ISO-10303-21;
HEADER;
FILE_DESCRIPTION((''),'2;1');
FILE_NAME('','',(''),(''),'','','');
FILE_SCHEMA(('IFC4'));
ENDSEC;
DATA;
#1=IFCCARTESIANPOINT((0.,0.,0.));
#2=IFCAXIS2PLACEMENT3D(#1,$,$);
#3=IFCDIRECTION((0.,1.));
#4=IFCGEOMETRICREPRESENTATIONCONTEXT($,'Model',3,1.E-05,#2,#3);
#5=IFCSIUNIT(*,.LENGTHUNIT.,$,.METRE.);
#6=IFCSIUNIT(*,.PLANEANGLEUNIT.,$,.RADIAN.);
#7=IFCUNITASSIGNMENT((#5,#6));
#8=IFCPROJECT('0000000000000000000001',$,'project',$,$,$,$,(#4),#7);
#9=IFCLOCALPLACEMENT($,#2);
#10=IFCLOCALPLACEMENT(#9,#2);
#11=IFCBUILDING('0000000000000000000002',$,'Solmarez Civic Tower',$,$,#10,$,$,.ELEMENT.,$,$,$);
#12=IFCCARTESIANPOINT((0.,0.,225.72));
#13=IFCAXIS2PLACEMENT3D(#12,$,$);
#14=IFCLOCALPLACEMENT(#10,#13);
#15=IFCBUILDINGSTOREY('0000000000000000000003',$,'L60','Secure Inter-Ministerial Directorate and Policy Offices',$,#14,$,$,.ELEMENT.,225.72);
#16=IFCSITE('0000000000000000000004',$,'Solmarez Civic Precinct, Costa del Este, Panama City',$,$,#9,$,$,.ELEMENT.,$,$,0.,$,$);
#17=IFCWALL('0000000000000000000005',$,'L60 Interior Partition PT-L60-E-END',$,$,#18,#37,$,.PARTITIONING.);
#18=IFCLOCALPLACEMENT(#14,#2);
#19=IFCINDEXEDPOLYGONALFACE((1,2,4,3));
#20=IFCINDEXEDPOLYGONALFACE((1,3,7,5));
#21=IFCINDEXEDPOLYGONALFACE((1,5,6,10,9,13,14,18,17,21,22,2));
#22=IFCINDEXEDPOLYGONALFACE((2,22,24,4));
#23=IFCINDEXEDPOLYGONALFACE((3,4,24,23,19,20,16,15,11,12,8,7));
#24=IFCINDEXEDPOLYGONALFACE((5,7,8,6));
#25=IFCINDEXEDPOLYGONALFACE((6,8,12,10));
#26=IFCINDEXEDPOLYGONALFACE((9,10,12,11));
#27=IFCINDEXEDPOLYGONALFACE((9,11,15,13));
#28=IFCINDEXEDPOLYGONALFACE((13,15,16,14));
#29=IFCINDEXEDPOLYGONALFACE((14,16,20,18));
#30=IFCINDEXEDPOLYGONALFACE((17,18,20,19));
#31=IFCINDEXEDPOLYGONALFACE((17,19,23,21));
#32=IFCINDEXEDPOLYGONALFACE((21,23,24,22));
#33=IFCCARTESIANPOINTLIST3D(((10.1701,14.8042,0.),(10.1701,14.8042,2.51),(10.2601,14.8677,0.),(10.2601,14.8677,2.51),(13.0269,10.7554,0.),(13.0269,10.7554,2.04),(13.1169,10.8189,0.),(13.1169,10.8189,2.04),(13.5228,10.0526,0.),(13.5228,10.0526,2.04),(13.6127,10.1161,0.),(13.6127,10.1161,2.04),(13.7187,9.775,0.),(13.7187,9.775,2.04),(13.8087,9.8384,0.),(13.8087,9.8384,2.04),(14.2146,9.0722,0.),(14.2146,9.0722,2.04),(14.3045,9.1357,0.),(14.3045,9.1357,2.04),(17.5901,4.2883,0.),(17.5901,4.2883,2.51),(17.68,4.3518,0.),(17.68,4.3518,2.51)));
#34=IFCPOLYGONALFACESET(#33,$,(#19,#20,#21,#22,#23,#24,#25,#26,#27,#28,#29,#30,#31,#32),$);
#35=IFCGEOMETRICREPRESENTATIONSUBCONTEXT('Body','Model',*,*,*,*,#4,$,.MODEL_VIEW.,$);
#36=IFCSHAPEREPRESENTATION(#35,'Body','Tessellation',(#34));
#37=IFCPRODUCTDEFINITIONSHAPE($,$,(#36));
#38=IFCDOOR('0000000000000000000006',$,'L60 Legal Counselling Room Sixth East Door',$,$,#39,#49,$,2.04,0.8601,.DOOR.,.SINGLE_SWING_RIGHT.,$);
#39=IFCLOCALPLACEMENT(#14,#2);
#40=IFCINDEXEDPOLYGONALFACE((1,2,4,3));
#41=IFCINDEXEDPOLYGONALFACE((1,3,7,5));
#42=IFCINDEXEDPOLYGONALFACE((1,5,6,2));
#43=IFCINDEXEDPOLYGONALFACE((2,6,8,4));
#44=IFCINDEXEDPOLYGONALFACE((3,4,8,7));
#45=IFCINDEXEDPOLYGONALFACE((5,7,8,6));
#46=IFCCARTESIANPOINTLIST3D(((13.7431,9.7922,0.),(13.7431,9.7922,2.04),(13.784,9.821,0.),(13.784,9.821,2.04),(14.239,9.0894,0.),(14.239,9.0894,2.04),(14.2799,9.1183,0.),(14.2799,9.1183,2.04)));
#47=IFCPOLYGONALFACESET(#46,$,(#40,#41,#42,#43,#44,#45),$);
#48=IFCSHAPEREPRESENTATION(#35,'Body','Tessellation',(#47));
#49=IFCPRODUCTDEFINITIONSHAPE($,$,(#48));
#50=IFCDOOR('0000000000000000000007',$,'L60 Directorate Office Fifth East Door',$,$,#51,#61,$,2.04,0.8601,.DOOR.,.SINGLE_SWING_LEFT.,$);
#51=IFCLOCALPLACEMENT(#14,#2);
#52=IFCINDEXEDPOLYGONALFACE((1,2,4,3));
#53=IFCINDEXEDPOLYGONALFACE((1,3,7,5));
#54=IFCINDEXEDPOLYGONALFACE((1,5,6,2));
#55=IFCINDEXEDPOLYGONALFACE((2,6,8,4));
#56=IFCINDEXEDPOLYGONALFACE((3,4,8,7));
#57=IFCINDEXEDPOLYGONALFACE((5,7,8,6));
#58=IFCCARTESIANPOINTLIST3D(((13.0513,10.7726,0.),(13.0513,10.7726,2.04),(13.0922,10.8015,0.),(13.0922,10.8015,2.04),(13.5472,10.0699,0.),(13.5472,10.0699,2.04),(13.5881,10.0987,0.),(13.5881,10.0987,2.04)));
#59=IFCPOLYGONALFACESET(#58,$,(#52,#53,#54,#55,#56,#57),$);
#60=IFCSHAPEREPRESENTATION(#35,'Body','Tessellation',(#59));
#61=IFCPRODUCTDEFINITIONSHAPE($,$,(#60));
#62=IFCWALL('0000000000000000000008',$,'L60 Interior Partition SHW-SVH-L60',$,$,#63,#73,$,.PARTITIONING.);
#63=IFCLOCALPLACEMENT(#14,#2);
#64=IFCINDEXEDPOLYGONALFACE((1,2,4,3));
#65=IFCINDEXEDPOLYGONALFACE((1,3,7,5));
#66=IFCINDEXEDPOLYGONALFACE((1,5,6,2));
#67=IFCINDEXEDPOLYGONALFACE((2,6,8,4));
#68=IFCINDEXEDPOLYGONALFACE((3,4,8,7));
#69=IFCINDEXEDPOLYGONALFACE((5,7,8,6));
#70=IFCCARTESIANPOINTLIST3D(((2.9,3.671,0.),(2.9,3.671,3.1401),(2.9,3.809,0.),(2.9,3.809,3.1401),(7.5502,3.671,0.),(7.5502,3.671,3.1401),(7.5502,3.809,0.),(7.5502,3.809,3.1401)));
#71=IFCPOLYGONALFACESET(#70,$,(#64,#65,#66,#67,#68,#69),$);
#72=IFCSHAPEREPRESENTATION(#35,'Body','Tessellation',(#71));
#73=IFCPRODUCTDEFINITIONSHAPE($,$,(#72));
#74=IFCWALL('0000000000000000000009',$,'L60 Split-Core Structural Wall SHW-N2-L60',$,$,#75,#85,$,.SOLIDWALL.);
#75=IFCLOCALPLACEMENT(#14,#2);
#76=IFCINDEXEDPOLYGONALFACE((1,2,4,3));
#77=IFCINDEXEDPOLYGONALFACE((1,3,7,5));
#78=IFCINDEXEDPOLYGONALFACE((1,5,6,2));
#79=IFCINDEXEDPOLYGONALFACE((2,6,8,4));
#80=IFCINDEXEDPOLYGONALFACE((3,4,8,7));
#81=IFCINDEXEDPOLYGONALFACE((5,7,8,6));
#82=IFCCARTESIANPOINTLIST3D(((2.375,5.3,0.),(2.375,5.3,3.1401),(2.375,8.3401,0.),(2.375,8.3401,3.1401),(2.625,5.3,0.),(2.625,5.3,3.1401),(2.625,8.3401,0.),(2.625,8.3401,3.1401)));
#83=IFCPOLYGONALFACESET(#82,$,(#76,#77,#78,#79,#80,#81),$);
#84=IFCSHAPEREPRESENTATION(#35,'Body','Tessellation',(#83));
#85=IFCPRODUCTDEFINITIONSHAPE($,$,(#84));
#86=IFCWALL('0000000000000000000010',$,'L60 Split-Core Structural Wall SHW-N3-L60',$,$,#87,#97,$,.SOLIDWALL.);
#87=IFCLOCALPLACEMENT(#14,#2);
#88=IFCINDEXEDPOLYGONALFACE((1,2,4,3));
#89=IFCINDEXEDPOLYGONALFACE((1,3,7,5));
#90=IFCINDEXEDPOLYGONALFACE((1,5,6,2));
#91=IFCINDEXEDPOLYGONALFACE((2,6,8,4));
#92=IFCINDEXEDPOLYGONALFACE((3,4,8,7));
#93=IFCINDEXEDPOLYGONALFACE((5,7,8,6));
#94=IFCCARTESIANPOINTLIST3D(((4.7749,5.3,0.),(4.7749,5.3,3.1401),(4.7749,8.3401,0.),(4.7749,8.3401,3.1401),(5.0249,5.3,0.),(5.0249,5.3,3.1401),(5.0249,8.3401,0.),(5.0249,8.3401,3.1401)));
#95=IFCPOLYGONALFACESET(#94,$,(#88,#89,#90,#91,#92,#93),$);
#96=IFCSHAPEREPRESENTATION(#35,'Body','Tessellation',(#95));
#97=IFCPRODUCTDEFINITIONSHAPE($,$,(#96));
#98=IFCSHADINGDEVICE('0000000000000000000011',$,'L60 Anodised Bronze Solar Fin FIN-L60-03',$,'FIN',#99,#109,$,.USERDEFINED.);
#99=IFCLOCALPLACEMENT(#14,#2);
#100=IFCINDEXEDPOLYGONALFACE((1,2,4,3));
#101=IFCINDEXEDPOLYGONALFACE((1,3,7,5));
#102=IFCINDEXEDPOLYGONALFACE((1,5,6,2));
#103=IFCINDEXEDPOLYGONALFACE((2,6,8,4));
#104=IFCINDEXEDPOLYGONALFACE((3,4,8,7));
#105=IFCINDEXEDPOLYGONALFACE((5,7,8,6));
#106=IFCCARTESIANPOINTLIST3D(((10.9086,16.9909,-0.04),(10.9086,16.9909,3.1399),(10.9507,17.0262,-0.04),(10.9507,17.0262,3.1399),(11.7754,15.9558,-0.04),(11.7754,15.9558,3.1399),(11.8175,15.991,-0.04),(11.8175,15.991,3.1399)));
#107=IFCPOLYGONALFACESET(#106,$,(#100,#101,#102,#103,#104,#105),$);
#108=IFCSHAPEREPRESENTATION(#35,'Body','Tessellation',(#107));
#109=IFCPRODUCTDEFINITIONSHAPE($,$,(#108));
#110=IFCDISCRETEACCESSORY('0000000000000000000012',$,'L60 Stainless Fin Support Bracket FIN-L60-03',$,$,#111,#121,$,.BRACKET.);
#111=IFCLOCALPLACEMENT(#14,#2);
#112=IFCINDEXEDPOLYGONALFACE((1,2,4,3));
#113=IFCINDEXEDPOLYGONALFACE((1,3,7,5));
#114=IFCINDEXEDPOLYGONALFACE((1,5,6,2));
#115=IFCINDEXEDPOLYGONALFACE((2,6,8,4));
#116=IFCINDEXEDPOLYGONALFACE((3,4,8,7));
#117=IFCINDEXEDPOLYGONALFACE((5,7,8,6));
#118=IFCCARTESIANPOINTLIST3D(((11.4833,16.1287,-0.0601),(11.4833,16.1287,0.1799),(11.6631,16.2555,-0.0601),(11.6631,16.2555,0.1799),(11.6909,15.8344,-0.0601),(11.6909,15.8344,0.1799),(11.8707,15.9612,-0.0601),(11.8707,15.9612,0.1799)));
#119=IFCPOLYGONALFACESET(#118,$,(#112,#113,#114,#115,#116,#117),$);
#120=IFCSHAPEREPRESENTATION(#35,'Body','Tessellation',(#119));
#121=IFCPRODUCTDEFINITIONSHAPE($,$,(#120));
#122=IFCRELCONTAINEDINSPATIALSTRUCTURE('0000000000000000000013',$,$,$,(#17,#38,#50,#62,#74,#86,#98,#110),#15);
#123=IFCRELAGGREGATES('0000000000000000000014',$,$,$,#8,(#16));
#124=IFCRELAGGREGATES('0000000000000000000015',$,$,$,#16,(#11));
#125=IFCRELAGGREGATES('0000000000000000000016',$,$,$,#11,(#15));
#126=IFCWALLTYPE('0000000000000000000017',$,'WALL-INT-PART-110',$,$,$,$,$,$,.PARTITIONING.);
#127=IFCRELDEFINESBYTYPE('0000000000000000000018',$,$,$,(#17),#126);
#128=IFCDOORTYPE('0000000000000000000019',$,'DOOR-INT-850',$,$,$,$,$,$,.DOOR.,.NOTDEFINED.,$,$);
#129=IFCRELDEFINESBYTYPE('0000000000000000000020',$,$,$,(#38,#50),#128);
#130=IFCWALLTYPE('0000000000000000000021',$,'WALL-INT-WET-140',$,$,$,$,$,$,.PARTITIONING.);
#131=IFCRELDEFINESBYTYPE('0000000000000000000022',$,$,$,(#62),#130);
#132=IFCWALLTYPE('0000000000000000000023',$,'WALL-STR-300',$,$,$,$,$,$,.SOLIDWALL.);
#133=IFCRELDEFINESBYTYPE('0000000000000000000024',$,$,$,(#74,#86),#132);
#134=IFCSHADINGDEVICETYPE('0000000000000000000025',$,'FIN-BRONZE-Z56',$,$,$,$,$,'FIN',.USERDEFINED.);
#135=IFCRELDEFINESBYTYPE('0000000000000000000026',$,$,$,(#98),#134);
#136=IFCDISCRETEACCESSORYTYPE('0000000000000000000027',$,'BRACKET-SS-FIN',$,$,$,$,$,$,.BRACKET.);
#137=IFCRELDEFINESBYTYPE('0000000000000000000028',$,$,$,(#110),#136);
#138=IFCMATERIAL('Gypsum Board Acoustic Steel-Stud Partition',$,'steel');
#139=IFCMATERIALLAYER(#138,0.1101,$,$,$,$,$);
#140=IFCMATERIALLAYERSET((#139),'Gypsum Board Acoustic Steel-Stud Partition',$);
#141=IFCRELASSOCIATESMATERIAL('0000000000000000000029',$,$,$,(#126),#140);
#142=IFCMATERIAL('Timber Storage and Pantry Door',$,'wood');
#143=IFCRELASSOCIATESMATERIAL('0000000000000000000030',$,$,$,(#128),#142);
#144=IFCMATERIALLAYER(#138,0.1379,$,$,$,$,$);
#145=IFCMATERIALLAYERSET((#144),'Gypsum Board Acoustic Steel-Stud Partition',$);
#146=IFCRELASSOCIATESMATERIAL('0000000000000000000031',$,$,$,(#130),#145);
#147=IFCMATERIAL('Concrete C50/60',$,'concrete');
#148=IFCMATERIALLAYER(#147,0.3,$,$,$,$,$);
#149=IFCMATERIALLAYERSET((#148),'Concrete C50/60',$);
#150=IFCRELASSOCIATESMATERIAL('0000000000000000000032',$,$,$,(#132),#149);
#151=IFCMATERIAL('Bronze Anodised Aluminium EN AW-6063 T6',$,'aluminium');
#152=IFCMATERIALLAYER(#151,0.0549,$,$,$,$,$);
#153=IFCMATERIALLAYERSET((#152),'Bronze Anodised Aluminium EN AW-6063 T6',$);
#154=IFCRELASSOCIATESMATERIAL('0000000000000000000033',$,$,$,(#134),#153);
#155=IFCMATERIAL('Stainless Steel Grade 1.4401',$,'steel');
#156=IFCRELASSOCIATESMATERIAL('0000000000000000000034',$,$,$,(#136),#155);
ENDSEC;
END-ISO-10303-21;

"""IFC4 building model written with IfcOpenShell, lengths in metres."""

from ifc_helpers import new_model, si_unit, direction, frame, frame_2d, origin, origin_2d, place, context, subcontext, project, spatial, rectangle, extrude, material, layer, layer_set, type_object, element, fill, save


model = new_model("IFC4")

# Units and contexts
model_context = context("Model", 3, precision=1e-05, world=origin(), true_north=direction((0.0, 1.0)))
body_context = subcontext(model_context, "Body", "Model", "MODEL_VIEW")
ifc_project = project(units=[si_unit("LENGTHUNIT", "METRE"), si_unit("PLANEANGLEUNIT", "RADIAN")], contexts=[model_context])

# Site, building, storey
site_placement = place(None, origin())
site = spatial("IfcSite", under=ifc_project, at=site_placement, Name="Solmarez Civic Precinct, Costa del Este, Panama City", CompositionType="ELEMENT", RefElevation=0.0)
building_placement = place(site_placement, origin())
building = spatial("IfcBuilding", under=site, at=building_placement, Name="Solmarez Civic Tower", CompositionType="ELEMENT")
storey_placement = place(building_placement, frame((0.0, 0.0, 225.72)))
storey = spatial("IfcBuildingStorey", under=building, at=storey_placement, Name="L60", Description="Secure Inter-Ministerial Directorate and Policy Offices", CompositionType="ELEMENT", Elevation=225.72)

# Shared definitions
ifc_material_1 = material(Name="Concrete C50/60", Category="concrete")

# Shared definitions
ifc_material_2 = material(Name="Bronze Anodised Aluminium EN AW-6063 T6", Category="aluminium")

# Shared definitions
ifc_material_3 = material(Name="Gypsum Board Acoustic Steel-Stud Partition", Category="steel")
ifc_layer_1 = layer(ifc_material_3, 0.1101)
ifc_layer_set_1 = layer_set([ifc_layer_1], Name="Gypsum Board Acoustic Steel-Stud Partition")
wall_type_1 = type_object("IfcWallType", Name="WALL-INT-PART-110", PredefinedType="PARTITIONING", material=ifc_layer_set_1)

# Wall, openings, doors
wall_1_placement = place(storey_placement, frame((10.2151, 14.8359, 0.0), z_axis=(0.0, 0.0, 1.0), x_axis=(0.576525, -0.817079, 0.0)))
wall_1 = element("IfcWall", 1, at=wall_1_placement, inside=storey, type_object=wall_type_1, Name="L60 Interior Partition PT-L60-E-END", PredefinedType="PARTITIONING", context=body_context, shape_type="SweptSolid", body=[
    extrude(rectangle(XDim=12.8701, YDim=0.1101, at=frame_2d((6.4351, 0.0))), origin(), (0.0, 0.0, 1.0), 2.51),
])
opening_1_placement = place(wall_1_placement, frame((6.155, 0.0, 0.0)))
opening_1 = element("IfcOpeningElement", 2, at=opening_1_placement, cuts=wall_1, PredefinedType="OPENING", context=body_context, shape_type="SweptSolid", body=[
    extrude(rectangle(XDim=0.8601, YDim=2.04, at=frame_2d((0.4302, 1.02))), frame((0.0, 0.0649, 0.0), z_axis=(0.0, -1.0, 0.0), x_axis=(1.0, 0.0, 0.0)), (0.0, 0.0, 1.0), 0.1301),
])
opening_2_placement = place(wall_1_placement, frame((4.9551, 0.0, 0.0)))
opening_2 = element("IfcOpeningElement", 3, at=opening_2_placement, cuts=wall_1, PredefinedType="OPENING", context=body_context, shape_type="SweptSolid", body=[
    extrude(rectangle(XDim=0.8601, YDim=2.04, at=frame_2d((0.4302, 1.02))), frame((0.0, 0.0649, 0.0), z_axis=(0.0, -1.0, 0.0), x_axis=(1.0, 0.0, 0.0)), (0.0, 0.0, 1.0), 0.1301),
])
ifc_material_4 = material(Name="Timber Storage and Pantry Door", Category="wood")
door_type_1 = type_object("IfcDoorType", Name="DOOR-INT-850", OperationType="NOTDEFINED", PredefinedType="DOOR", material=ifc_material_4)
door_1_placement = place(opening_1_placement, origin())
door_1 = element("IfcDoor", 4, at=door_1_placement, inside=storey, type_object=door_type_1, Name="L60 Legal Counselling Room Sixth East Door", OperationType="SINGLE_SWING_RIGHT", OverallHeight=2.04, OverallWidth=0.8601, PredefinedType="DOOR", context=body_context, shape_type="SweptSolid", body=[
    extrude(rectangle(XDim=0.8601, YDim=2.04, at=frame_2d((0.4302, 1.02))), frame((0.0, 0.0249, 0.0), z_axis=(0.0, -1.0, 0.0), x_axis=(1.0, 0.0, 0.0)), (0.0, 0.0, 1.0), 0.05),
])
fill(opening_1, door_1)
door_2_placement = place(opening_2_placement, origin())
door_2 = element("IfcDoor", 5, at=door_2_placement, inside=storey, type_object=door_type_1, Name="L60 Directorate Office Fifth East Door", OperationType="SINGLE_SWING_LEFT", OverallHeight=2.04, OverallWidth=0.8601, PredefinedType="DOOR", context=body_context, shape_type="SweptSolid", body=[
    extrude(rectangle(XDim=0.8601, YDim=2.04, at=frame_2d((0.4302, 1.02))), frame((0.0, 0.0249, 0.0), z_axis=(0.0, -1.0, 0.0), x_axis=(1.0, 0.0, 0.0)), (0.0, 0.0, 1.0), 0.05),
])
fill(opening_2, door_2)

# Wall
ifc_layer_2 = layer(ifc_material_3, 0.1379)
ifc_layer_set_2 = layer_set([ifc_layer_2], Name="Gypsum Board Acoustic Steel-Stud Partition")
wall_type_2 = type_object("IfcWallType", Name="WALL-INT-WET-140", PredefinedType="PARTITIONING", material=ifc_layer_set_2)
wall_2_placement = place(storey_placement, frame((2.8999, 3.74, 0.0), z_axis=(0.0, 0.0, 1.0), x_axis=(1.0, 0.0, 0.0)))
element("IfcWall", 6, at=wall_2_placement, inside=storey, type_object=wall_type_2, Name="L60 Interior Partition SHW-SVH-L60", PredefinedType="PARTITIONING", context=body_context, shape_type="SweptSolid", body=[
    extrude(rectangle(XDim=4.6501, YDim=0.1379, at=frame_2d((2.3252, 0.0))), origin(), (0.0, 0.0, 1.0), 3.1401),
])

# Shared definitions
ifc_layer_3 = layer(ifc_material_1, 0.3)
ifc_layer_set_3 = layer_set([ifc_layer_3], Name="Concrete C50/60")
wall_type_3 = type_object("IfcWallType", Name="WALL-STR-300", PredefinedType="SOLIDWALL", material=ifc_layer_set_3)

# Walls
for number, where, z_axis, x_axis, name in (
    (7, (2.5, 5.3, 0.0), (0.0, 0.0, 1.0), (0.0, 1.0, 0.0), "L60 Split-Core Structural Wall SHW-N2-L60"),
    (8, (4.8999, 5.3, 0.0), (0.0, 0.0, 1.0), (0.0, 1.0, 0.0), "L60 Split-Core Structural Wall SHW-N3-L60"),
):
    element("IfcWall", number, at=place(storey_placement, frame(where, z_axis=z_axis, x_axis=x_axis)), inside=storey, type_object=wall_type_3, Name=name, PredefinedType="SOLIDWALL", context=body_context, shape_type="SweptSolid", body=[
        extrude(rectangle(XDim=3.04, YDim=0.25, at=frame_2d((1.52, 0.0))), origin(), (0.0, 0.0, 1.0), 3.1401),
    ])

# Shading device
ifc_layer_4 = layer(ifc_material_2, 0.0549)
ifc_layer_set_4 = layer_set([ifc_layer_4], Name="Bronze Anodised Aluminium EN AW-6063 T6")
shading_device_type = type_object("IfcShadingDeviceType", Name="FIN-BRONZE-Z56", ElementType="FIN", PredefinedType="USERDEFINED", material=ifc_layer_set_4)
shading_device_placement = place(storey_placement, frame((11.363, 16.491, -0.04), z_axis=(0.0, 0.0, 1.0), x_axis=(-0.642012, 0.766695, 0.0)))
element("IfcShadingDevice", 9, at=shading_device_placement, inside=storey, type_object=shading_device_type, Name="L60 Anodised Bronze Solar Fin FIN-L60-03", ObjectType="FIN", PredefinedType="USERDEFINED", context=body_context, shape_type="SweptSolid", body=[
    extrude(rectangle(XDim=1.3501, YDim=0.0549, at=origin_2d()), origin(), (0.0, 0.0, 1.0), 3.1799),
])

# Discrete accessory
ifc_material_5 = material(Name="Stainless Steel Grade 1.4401", Category="steel")
discrete_accessory_type = type_object("IfcDiscreteAccessoryType", Name="BRACKET-SS-FIN", PredefinedType="BRACKET", material=ifc_material_5)
discrete_accessory_placement = place(storey_placement, frame((11.677, 16.0449, -0.0601), z_axis=(0.0, 0.0, 1.0), x_axis=(-0.576432, 0.817145, 0.0)))
element("IfcDiscreteAccessory", 10, at=discrete_accessory_placement, inside=storey, type_object=discrete_accessory_type, Name="L60 Stainless Fin Support Bracket FIN-L60-03", PredefinedType="BRACKET", context=body_context, shape_type="SweptSolid", body=[
    extrude(rectangle(XDim=0.3601, YDim=0.22, at=origin_2d()), origin(), (0.0, 0.0, 1.0), 0.24),
])

save(model, "model.ifc")
